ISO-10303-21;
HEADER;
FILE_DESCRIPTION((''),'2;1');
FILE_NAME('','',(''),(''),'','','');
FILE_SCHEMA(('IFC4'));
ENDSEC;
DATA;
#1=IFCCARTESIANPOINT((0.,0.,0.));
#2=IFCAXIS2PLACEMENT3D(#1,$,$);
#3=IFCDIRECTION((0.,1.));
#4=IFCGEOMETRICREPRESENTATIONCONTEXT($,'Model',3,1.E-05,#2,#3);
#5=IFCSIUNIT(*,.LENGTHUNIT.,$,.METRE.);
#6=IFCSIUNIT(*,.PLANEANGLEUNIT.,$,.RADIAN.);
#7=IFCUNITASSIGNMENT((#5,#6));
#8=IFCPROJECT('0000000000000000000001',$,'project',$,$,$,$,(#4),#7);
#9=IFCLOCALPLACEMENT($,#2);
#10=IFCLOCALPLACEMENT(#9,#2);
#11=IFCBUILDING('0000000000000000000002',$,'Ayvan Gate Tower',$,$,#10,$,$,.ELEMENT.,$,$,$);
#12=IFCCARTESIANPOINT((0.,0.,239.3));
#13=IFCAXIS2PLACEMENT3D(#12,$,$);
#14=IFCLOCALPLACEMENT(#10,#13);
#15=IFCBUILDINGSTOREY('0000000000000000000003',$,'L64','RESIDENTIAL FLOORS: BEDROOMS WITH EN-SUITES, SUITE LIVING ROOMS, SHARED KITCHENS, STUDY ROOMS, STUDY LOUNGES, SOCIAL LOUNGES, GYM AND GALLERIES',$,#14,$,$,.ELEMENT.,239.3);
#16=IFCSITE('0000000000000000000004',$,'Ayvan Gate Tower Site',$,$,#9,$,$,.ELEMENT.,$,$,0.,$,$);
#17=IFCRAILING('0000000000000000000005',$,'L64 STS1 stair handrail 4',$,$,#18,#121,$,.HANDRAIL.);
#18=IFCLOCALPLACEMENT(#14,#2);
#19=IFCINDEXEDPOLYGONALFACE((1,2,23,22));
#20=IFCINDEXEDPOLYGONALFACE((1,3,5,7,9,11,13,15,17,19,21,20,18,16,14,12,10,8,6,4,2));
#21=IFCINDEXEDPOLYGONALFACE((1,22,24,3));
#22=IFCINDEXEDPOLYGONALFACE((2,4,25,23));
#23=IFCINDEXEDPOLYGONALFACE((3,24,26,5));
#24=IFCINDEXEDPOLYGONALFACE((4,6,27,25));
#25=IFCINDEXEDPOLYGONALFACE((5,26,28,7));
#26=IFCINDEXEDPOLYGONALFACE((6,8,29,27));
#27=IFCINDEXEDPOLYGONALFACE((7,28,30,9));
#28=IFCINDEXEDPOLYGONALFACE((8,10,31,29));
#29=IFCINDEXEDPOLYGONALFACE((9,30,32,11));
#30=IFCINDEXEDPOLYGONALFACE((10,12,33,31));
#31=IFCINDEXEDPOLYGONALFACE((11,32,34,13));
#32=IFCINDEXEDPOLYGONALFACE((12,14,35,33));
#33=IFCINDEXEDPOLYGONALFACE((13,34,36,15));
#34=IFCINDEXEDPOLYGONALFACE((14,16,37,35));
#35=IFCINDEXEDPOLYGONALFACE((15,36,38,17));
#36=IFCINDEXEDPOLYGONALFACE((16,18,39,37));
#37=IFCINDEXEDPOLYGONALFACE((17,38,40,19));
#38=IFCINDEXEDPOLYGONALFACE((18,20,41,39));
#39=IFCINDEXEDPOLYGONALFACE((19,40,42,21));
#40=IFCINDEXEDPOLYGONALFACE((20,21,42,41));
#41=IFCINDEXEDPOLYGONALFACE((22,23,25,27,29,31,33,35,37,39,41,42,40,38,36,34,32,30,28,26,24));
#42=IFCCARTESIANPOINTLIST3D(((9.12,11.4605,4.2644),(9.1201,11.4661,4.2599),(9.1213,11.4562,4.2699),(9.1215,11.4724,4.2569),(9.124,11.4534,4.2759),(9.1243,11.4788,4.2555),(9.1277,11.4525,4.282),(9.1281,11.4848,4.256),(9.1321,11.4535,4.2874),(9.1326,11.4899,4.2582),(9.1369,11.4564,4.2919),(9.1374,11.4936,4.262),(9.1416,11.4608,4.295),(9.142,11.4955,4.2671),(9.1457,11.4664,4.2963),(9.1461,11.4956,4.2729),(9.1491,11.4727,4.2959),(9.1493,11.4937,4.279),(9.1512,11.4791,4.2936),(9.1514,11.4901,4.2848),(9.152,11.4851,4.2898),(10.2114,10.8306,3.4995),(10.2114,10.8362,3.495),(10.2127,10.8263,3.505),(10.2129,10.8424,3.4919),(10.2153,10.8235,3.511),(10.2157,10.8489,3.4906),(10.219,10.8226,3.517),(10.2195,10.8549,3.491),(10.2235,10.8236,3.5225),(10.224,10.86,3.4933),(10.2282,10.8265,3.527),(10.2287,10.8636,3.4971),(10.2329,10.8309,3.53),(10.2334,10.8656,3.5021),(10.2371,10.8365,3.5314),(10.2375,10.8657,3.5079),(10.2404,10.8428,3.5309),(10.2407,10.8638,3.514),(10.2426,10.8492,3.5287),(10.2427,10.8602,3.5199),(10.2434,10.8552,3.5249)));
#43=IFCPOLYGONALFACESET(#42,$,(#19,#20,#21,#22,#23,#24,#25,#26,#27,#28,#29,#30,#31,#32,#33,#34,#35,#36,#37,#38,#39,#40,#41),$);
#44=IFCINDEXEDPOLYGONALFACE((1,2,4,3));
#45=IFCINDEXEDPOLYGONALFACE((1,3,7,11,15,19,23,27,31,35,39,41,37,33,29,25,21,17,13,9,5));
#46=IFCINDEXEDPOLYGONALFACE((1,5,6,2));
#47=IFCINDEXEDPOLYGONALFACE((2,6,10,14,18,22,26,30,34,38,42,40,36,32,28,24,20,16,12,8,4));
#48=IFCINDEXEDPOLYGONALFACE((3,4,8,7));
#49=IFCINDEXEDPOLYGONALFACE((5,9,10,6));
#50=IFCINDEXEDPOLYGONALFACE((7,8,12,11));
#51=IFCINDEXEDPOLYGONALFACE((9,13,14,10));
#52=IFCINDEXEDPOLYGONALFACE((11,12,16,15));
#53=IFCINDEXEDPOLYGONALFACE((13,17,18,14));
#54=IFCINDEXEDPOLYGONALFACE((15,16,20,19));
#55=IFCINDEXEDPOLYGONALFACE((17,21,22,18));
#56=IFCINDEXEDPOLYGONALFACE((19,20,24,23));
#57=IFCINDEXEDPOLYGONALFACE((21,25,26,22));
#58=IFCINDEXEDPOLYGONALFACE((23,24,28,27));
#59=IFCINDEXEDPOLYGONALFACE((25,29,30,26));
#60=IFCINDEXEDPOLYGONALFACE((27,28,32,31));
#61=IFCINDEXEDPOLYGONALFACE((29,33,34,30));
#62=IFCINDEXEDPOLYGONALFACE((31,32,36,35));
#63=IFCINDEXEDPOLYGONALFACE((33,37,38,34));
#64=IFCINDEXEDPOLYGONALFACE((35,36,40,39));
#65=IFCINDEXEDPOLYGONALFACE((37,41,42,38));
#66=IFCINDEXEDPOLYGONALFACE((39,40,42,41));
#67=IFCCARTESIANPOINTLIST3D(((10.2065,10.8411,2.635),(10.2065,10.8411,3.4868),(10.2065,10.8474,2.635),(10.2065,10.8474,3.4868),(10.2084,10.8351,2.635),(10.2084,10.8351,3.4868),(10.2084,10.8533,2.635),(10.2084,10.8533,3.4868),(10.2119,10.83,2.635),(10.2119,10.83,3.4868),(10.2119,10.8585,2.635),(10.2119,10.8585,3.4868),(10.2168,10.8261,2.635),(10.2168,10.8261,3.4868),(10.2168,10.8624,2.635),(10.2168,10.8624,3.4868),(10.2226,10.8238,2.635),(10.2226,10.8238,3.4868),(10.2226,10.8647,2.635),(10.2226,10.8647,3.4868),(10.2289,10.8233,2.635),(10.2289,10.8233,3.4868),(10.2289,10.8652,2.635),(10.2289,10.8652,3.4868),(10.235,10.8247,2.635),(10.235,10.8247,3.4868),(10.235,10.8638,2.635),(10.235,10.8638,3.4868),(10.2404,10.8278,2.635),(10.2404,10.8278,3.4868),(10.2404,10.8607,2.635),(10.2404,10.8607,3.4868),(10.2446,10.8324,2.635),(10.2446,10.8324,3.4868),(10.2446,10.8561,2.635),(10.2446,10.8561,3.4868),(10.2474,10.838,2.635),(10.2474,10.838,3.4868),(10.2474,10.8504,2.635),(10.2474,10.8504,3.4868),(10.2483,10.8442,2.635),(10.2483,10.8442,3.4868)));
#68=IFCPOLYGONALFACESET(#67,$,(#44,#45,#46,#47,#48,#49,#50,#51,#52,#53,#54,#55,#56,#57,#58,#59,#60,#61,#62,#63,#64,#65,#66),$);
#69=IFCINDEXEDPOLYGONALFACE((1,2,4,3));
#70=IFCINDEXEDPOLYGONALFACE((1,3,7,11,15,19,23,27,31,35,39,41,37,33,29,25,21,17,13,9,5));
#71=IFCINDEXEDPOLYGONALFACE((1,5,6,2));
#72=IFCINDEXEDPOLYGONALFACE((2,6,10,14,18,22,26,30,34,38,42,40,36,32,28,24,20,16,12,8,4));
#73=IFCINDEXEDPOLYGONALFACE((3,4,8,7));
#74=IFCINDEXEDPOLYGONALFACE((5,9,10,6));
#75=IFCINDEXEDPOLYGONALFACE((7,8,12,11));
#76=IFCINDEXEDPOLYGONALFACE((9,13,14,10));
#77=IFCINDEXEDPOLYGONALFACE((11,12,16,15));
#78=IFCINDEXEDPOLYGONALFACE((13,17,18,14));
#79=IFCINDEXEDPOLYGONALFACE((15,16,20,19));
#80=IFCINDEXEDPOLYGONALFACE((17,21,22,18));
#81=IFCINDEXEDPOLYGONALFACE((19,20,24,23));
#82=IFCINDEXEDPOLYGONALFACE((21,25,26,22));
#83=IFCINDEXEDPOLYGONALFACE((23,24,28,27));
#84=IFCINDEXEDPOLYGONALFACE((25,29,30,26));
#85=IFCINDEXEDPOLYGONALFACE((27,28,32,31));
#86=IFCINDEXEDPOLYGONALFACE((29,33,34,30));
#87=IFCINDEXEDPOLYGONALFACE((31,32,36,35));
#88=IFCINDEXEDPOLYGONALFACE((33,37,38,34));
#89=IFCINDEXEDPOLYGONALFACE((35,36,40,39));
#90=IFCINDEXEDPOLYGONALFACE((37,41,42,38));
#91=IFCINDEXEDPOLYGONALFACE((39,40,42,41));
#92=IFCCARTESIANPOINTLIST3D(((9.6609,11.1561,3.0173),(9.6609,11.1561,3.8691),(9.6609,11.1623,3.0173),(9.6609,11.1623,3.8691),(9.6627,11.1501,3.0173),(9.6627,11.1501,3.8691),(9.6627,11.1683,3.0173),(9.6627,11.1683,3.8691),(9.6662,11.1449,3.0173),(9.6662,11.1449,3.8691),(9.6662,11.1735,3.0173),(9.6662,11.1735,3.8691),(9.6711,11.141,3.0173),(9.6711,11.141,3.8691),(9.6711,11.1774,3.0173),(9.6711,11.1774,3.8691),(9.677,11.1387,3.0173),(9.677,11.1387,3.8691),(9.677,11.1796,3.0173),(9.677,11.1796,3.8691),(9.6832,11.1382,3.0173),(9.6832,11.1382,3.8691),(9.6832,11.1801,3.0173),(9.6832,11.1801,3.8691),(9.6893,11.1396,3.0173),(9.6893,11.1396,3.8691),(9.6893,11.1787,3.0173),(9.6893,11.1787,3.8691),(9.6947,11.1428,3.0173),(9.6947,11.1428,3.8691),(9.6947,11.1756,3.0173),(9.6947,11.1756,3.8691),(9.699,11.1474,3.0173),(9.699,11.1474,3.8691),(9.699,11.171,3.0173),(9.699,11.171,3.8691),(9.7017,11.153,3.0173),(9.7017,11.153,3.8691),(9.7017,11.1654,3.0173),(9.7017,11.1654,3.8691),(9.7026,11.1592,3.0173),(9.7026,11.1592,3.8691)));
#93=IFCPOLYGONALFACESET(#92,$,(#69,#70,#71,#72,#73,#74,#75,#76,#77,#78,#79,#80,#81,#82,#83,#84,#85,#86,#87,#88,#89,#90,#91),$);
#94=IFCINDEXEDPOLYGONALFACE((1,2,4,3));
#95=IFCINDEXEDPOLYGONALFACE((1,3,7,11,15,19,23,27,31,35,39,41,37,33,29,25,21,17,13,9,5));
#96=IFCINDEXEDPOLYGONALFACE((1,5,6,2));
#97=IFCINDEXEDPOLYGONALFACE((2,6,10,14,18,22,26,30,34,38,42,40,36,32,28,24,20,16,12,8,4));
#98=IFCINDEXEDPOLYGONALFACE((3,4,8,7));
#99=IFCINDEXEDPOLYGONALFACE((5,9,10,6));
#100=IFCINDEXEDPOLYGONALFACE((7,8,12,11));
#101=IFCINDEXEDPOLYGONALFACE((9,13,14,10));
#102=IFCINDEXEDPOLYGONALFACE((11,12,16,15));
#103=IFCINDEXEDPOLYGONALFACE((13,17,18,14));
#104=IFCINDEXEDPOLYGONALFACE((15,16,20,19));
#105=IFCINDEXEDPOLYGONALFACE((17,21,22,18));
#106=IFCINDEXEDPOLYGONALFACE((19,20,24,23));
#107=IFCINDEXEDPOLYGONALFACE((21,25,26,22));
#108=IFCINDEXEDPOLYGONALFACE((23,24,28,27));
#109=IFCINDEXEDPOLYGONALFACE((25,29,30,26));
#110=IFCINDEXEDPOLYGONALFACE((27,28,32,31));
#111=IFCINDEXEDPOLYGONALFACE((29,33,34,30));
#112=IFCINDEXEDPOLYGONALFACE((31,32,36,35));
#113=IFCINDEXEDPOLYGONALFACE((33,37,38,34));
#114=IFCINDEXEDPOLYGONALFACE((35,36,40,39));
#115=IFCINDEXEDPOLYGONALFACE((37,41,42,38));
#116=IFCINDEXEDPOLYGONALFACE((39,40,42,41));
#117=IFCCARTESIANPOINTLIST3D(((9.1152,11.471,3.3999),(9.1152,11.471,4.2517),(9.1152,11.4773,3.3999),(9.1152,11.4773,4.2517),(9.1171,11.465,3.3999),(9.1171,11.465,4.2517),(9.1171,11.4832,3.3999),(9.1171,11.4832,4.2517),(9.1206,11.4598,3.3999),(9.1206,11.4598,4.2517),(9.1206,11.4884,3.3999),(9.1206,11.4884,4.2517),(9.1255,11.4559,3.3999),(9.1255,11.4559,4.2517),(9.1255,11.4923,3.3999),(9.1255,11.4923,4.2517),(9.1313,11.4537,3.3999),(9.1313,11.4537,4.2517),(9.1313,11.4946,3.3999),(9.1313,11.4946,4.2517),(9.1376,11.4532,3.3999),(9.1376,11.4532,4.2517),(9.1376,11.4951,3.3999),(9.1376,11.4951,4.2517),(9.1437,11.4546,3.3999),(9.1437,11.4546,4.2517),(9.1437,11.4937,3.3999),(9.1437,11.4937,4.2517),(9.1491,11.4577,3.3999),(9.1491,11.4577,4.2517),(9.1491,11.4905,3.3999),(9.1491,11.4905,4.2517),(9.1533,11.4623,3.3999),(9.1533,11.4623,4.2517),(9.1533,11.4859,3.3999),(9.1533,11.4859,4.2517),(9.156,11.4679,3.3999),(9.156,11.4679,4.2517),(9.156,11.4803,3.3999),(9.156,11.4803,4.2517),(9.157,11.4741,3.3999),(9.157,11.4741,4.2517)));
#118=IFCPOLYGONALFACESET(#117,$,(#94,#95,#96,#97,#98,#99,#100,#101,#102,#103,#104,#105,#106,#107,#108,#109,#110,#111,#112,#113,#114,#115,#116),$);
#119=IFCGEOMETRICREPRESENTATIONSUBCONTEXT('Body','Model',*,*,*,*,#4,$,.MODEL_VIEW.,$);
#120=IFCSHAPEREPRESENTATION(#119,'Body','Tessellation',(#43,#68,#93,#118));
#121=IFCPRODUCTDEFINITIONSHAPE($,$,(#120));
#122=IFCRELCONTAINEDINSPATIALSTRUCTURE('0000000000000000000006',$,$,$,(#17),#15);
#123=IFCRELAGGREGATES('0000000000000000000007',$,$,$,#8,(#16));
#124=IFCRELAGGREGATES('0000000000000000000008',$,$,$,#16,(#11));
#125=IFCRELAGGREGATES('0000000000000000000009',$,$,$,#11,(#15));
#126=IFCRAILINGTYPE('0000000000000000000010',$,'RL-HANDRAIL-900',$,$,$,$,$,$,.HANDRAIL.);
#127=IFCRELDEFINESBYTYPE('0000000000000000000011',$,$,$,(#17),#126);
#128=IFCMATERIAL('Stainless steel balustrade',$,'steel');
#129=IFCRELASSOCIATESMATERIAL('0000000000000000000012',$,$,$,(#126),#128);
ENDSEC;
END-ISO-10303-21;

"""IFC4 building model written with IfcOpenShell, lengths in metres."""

from ifc_helpers import new_model, si_unit, direction, frame, origin, origin_2d, place, context, subcontext, project, spatial, circle, extrude, material, type_object, element, save


model = new_model("IFC4")

# Units and contexts
model_context = context("Model", 3, precision=1e-05, world=origin(), true_north=direction((0.0, 1.0)))
body_context = subcontext(model_context, "Body", "Model", "MODEL_VIEW")
ifc_project = project(units=[si_unit("LENGTHUNIT", "METRE"), si_unit("PLANEANGLEUNIT", "RADIAN")], contexts=[model_context])

# Site, building, storey
site_placement = place(None, origin())
site = spatial("IfcSite", under=ifc_project, at=site_placement, Name="Ayvan Gate Tower Site", CompositionType="ELEMENT", RefElevation=0.0)
building_placement = place(site_placement, origin())
building = spatial("IfcBuilding", under=site, at=building_placement, Name="Ayvan Gate Tower", CompositionType="ELEMENT")
storey_placement = place(building_placement, frame((0.0, 0.0, 239.3)))
storey = spatial("IfcBuildingStorey", under=building, at=storey_placement, Name="L64", Description="RESIDENTIAL FLOORS: BEDROOMS WITH EN-SUITES, SUITE LIVING ROOMS, SHARED KITCHENS, STUDY ROOMS, STUDY LOUNGES, SOCIAL LOUNGES, GYM AND GALLERIES", CompositionType="ELEMENT", Elevation=239.3)

# Railing
ifc_material_1 = material(Name="Stainless steel balustrade", Category="steel")
railing_type_1 = type_object("IfcRailingType", Name="RL-HANDRAIL-900", PredefinedType="HANDRAIL", material=ifc_material_1)
railing_1_placement = place(storey_placement, frame((10.2273, 10.8442, 2.635)))
element("IfcRailing", 1, at=railing_1_placement, inside=storey, type_object=railing_type_1, Name="L64 STS1 stair handrail 4", PredefinedType="HANDRAIL", context=body_context, shape_type="SweptSolid", body=[
    extrude(circle(Radius=0.0239, at=origin_2d()), frame((0.0, 0.0, 0.876), z_axis=(-0.740357, 0.42732, 0.518912), x_axis=(-0.49989, -0.866089, 0.0)), (0.0, 0.0, 1.0), 1.4741),
    extrude(circle(Radius=0.021, at=origin_2d()), origin(), (0.0, 0.0, 1.0), 0.8518),
    extrude(circle(Radius=0.021, at=origin_2d()), frame((-0.5457, 0.3149, 0.3823)), (0.0, 0.0, 1.0), 0.8518),
    extrude(circle(Radius=0.021, at=origin_2d()), frame((-1.0913, 0.6299, 0.7649)), (0.0, 0.0, 1.0), 0.8518),
])

save(model, "model.ifc")
